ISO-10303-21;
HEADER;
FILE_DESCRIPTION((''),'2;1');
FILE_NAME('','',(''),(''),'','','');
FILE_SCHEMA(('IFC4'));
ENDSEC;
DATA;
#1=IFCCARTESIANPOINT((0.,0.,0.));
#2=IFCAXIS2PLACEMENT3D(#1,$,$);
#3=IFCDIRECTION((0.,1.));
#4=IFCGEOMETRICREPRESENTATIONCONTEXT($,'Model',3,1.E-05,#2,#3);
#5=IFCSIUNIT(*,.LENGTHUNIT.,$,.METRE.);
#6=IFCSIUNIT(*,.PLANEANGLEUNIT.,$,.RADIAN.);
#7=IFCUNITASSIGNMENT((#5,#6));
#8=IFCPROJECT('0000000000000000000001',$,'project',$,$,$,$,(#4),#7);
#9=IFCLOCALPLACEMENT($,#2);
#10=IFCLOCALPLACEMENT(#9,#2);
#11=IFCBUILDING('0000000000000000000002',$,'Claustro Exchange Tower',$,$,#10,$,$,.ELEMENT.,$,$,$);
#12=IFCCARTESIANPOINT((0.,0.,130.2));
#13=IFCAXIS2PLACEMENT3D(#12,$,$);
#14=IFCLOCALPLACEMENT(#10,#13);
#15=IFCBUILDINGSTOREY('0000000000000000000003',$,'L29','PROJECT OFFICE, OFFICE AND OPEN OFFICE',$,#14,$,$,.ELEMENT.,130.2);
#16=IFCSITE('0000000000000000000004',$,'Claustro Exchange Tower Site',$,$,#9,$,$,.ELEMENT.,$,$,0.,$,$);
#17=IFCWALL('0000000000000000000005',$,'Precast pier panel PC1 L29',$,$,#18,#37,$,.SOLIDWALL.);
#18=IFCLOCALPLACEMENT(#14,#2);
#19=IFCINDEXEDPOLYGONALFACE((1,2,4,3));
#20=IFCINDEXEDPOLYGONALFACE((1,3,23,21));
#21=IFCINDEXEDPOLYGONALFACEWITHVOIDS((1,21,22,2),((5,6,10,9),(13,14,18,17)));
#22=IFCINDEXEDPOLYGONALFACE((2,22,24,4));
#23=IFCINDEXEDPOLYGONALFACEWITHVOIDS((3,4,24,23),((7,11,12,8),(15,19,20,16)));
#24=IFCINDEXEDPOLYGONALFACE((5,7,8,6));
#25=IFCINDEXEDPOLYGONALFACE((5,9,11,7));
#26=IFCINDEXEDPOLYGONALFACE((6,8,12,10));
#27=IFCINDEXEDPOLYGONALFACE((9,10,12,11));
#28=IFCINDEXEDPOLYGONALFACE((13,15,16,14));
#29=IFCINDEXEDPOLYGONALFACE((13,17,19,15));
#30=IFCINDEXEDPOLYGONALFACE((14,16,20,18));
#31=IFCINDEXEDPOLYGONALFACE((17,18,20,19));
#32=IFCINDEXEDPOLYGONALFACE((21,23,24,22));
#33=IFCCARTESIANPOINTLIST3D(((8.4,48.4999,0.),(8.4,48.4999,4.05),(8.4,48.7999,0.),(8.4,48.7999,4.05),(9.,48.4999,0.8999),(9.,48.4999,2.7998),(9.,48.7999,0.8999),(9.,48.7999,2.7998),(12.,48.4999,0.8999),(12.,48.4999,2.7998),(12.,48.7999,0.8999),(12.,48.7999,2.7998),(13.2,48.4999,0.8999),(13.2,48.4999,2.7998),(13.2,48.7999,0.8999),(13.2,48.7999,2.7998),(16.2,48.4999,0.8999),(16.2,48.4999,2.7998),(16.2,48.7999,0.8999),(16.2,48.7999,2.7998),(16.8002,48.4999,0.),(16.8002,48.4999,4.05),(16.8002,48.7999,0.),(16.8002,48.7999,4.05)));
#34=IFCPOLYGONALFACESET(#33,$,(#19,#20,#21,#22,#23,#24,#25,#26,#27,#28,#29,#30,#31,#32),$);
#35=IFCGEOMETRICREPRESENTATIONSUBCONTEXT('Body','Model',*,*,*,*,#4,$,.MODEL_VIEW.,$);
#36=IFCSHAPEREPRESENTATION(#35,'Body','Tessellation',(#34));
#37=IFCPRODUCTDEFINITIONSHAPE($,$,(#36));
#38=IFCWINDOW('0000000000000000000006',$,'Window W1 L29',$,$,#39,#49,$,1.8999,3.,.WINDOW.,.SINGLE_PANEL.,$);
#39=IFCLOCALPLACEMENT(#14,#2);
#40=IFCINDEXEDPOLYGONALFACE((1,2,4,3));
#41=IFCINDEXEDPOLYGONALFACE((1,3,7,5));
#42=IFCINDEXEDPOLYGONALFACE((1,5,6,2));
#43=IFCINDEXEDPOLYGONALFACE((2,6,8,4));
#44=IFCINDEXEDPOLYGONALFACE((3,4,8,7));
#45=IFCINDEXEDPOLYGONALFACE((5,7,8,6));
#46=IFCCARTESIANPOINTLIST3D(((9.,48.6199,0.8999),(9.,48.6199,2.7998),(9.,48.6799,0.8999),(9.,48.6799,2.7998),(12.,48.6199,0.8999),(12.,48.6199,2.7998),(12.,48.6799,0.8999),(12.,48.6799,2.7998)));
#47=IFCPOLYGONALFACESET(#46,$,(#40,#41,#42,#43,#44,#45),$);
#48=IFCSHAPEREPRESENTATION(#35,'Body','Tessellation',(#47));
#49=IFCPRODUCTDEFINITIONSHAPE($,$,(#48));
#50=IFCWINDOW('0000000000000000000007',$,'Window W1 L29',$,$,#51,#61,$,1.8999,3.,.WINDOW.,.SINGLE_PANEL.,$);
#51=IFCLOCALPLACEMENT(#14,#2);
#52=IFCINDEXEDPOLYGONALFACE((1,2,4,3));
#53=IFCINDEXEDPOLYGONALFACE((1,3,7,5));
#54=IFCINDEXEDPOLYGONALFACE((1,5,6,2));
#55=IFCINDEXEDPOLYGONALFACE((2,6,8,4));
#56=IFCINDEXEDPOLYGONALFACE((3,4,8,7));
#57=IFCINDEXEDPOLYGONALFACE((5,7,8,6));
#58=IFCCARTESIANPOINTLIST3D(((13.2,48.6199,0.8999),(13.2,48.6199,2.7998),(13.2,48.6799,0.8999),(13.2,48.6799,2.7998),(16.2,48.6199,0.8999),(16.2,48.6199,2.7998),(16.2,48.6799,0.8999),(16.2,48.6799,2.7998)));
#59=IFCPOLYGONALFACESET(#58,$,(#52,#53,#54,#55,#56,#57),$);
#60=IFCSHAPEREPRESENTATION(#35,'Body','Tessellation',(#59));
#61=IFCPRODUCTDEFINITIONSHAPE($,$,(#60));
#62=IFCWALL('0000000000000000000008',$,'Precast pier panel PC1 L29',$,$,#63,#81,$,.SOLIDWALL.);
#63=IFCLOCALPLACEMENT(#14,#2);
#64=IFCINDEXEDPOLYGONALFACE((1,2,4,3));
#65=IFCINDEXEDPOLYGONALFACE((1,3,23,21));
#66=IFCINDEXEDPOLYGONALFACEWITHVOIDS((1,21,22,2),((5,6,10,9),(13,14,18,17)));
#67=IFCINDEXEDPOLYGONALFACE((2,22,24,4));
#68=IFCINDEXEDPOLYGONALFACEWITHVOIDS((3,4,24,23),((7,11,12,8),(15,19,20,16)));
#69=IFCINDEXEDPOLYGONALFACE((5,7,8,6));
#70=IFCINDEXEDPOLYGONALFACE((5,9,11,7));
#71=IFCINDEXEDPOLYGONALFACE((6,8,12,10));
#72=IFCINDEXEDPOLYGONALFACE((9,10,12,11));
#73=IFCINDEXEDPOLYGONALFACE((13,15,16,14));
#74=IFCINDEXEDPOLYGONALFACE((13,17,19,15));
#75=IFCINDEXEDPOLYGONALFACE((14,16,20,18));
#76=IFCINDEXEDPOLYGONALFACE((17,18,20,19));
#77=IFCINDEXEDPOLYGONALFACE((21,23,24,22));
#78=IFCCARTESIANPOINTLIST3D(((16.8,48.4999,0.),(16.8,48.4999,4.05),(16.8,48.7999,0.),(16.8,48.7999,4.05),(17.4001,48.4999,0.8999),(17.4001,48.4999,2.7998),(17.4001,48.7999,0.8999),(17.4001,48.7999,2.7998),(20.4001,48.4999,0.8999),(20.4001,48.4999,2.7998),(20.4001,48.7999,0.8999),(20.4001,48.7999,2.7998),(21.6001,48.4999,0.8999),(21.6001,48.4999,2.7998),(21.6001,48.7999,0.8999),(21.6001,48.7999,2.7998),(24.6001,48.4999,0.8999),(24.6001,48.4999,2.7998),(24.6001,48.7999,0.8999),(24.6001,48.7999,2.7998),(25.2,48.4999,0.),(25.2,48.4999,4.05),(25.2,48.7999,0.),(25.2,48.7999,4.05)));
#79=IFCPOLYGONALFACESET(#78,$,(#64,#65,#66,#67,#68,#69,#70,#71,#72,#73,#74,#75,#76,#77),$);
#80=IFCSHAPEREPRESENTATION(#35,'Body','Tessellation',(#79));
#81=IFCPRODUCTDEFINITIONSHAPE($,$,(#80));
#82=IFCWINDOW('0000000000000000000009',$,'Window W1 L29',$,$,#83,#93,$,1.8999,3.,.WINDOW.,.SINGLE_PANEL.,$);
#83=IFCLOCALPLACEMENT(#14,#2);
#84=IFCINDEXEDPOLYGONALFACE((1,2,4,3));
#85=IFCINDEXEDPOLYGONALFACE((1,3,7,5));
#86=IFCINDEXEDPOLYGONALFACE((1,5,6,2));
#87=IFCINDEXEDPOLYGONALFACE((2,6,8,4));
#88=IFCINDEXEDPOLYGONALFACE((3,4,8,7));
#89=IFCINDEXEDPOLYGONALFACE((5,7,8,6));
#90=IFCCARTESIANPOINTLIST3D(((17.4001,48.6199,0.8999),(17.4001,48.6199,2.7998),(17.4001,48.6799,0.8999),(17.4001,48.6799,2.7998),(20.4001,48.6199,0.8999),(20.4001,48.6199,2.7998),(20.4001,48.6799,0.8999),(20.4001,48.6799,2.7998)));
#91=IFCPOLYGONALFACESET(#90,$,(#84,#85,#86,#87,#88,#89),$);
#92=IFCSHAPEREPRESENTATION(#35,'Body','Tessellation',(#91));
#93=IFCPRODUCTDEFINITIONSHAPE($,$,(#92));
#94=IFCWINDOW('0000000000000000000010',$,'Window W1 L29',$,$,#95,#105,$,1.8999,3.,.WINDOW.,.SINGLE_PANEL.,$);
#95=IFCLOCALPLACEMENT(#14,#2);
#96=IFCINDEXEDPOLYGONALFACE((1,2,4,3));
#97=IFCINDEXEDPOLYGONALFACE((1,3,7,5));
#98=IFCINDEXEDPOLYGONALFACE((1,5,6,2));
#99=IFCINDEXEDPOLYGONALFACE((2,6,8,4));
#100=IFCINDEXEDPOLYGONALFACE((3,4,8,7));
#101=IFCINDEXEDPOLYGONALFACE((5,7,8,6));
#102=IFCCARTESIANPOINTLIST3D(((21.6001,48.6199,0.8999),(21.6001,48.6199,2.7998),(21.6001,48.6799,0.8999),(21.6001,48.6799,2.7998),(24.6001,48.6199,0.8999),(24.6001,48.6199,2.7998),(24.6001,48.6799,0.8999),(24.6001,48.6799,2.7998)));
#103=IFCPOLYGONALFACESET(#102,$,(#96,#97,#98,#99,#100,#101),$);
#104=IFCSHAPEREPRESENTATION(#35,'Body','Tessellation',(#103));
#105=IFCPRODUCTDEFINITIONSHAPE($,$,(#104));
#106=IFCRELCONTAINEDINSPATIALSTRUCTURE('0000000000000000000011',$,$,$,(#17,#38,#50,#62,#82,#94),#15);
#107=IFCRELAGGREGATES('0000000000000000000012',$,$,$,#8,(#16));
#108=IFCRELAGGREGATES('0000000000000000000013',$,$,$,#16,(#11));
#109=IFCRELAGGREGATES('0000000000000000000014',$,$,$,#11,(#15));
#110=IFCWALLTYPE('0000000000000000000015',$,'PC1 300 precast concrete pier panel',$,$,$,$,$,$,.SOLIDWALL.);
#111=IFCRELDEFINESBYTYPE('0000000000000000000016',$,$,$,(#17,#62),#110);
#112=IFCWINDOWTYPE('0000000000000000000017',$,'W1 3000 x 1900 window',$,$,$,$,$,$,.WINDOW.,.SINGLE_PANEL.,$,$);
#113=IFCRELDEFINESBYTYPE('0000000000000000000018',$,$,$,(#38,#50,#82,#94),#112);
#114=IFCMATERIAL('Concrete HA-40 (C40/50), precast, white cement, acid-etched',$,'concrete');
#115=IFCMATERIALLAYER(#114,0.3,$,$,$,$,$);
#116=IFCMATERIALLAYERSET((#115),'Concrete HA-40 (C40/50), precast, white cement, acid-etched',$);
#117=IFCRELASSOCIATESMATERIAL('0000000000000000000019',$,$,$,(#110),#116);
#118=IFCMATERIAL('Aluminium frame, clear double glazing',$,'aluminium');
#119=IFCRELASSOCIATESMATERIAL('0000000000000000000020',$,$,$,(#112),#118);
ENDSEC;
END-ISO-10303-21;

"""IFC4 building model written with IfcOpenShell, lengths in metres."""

from ifc_helpers import new_model, si_unit, direction, frame, frame_2d, origin, place, context, subcontext, project, spatial, rectangle, extrude, material, layer, layer_set, type_object, element, fill, save


model = new_model("IFC4")

# Units and contexts
model_context = context("Model", 3, precision=1e-05, world=origin(), true_north=direction((0.0, 1.0)))
body_context = subcontext(model_context, "Body", "Model", "MODEL_VIEW")
ifc_project = project(units=[si_unit("LENGTHUNIT", "METRE"), si_unit("PLANEANGLEUNIT", "RADIAN")], contexts=[model_context])

# Site, building, storey
site_placement = place(None, origin())
site = spatial("IfcSite", under=ifc_project, at=site_placement, Name="Claustro Exchange Tower Site", CompositionType="ELEMENT", RefElevation=0.0)
building_placement = place(site_placement, origin())
building = spatial("IfcBuilding", under=site, at=building_placement, Name="Claustro Exchange Tower", CompositionType="ELEMENT")
storey_placement = place(building_placement, frame((0.0, 0.0, 130.2)))
storey = spatial("IfcBuildingStorey", under=building, at=storey_placement, Name="L29", Description="PROJECT OFFICE, OFFICE AND OPEN OFFICE", CompositionType="ELEMENT", Elevation=130.2)

# Walls, openings, windows
ifc_material_1 = material(Name="Concrete HA-40 (C40/50), precast, white cement, acid-etched", Category="concrete")
ifc_layer_1 = layer(ifc_material_1, 0.3)
ifc_layer_set_1 = layer_set([ifc_layer_1], Name="Concrete HA-40 (C40/50), precast, white cement, acid-etched")
wall_type_1 = type_object("IfcWallType", Name="PC1 300 precast concrete pier panel", PredefinedType="SOLIDWALL", material=ifc_layer_set_1)
wall_1_placement = place(storey_placement, frame((8.3999, 48.6499, 0.0), z_axis=(0.0, 0.0, 1.0), x_axis=(1.0, 0.0, 0.0)))
wall_1 = element("IfcWall", 1, at=wall_1_placement, inside=storey, type_object=wall_type_1, Name="Precast pier panel PC1 L29", PredefinedType="SOLIDWALL", context=body_context, shape_type="SweptSolid", body=[
    extrude(rectangle(XDim=8.4001, YDim=0.3, at=frame_2d((4.2002, 0.0))), origin(), (0.0, 0.0, 1.0), 4.05),
])
opening_1_placement = place(wall_1_placement, frame((0.6001, 0.0, 0.8999)))
opening_1 = element("IfcOpeningElement", 2, at=opening_1_placement, cuts=wall_1, PredefinedType="OPENING", context=body_context, shape_type="SweptSolid", body=[
    extrude(rectangle(XDim=3.0, YDim=1.8999, at=frame_2d((1.5, 0.95))), frame((0.0, 0.1599, 0.0), z_axis=(0.0, -1.0, 0.0), x_axis=(1.0, 0.0, 0.0)), (0.0, 0.0, 1.0), 0.3201),
])
opening_2_placement = place(wall_1_placement, frame((4.8, 0.0, 0.8999)))
opening_2 = element("IfcOpeningElement", 3, at=opening_2_placement, cuts=wall_1, PredefinedType="OPENING", context=body_context, shape_type="SweptSolid", body=[
    extrude(rectangle(XDim=3.0, YDim=1.8999, at=frame_2d((1.5, 0.95))), frame((0.0, 0.1599, 0.0), z_axis=(0.0, -1.0, 0.0), x_axis=(1.0, 0.0, 0.0)), (0.0, 0.0, 1.0), 0.3201),
])
ifc_material_2 = material(Name="Aluminium frame, clear double glazing", Category="aluminium")
window_type = type_object("IfcWindowType", Name="W1 3000 x 1900 window", PartitioningType="SINGLE_PANEL", PredefinedType="WINDOW", material=ifc_material_2)
window_1_placement = place(opening_1_placement, origin())
window_1 = element("IfcWindow", 4, at=window_1_placement, inside=storey, type_object=window_type, Name="Window W1 L29", OverallHeight=1.8999, OverallWidth=3.0, PartitioningType="SINGLE_PANEL", PredefinedType="WINDOW", context=body_context, shape_type="SweptSolid", body=[
    extrude(rectangle(XDim=3.0, YDim=1.8999, at=frame_2d((1.5, 0.95))), frame((0.0, 0.03, 0.0), z_axis=(0.0, -1.0, 0.0), x_axis=(1.0, 0.0, 0.0)), (0.0, 0.0, 1.0), 0.0601),
])
fill(opening_1, window_1)
window_2_placement = place(opening_2_placement, origin())
window_2 = element("IfcWindow", 5, at=window_2_placement, inside=storey, type_object=window_type, Name="Window W1 L29", OverallHeight=1.8999, OverallWidth=3.0, PartitioningType="SINGLE_PANEL", PredefinedType="WINDOW", context=body_context, shape_type="SweptSolid", body=[
    extrude(rectangle(XDim=3.0, YDim=1.8999, at=frame_2d((1.5, 0.95))), frame((0.0, 0.03, 0.0), z_axis=(0.0, -1.0, 0.0), x_axis=(1.0, 0.0, 0.0)), (0.0, 0.0, 1.0), 0.0601),
])
fill(opening_2, window_2)
wall_2_placement = place(storey_placement, frame((16.8, 48.6499, 0.0), z_axis=(0.0, 0.0, 1.0), x_axis=(1.0, 0.0, 0.0)))
wall_2 = element("IfcWall", 6, at=wall_2_placement, inside=storey, type_object=wall_type_1, Name="Precast pier panel PC1 L29", PredefinedType="SOLIDWALL", context=body_context, shape_type="SweptSolid", body=[
    extrude(rectangle(XDim=8.3999, YDim=0.3, at=frame_2d((4.2, 0.0))), origin(), (0.0, 0.0, 1.0), 4.05),
])
opening_3_placement = place(wall_2_placement, frame((0.6001, 0.0, 0.8999)))
opening_3 = element("IfcOpeningElement", 7, at=opening_3_placement, cuts=wall_2, PredefinedType="OPENING", context=body_context, shape_type="SweptSolid", body=[
    extrude(rectangle(XDim=3.0, YDim=1.8999, at=frame_2d((1.5, 0.95))), frame((0.0, 0.1599, 0.0), z_axis=(0.0, -1.0, 0.0), x_axis=(1.0, 0.0, 0.0)), (0.0, 0.0, 1.0), 0.3201),
])
opening_4_placement = place(wall_2_placement, frame((4.8, 0.0, 0.8999)))
opening_4 = element("IfcOpeningElement", 8, at=opening_4_placement, cuts=wall_2, PredefinedType="OPENING", context=body_context, shape_type="SweptSolid", body=[
    extrude(rectangle(XDim=3.0, YDim=1.8999, at=frame_2d((1.5, 0.95))), frame((0.0, 0.1599, 0.0), z_axis=(0.0, -1.0, 0.0), x_axis=(1.0, 0.0, 0.0)), (0.0, 0.0, 1.0), 0.3201),
])
window_3_placement = place(opening_3_placement, origin())
window_3 = element("IfcWindow", 9, at=window_3_placement, inside=storey, type_object=window_type, Name="Window W1 L29", OverallHeight=1.8999, OverallWidth=3.0, PartitioningType="SINGLE_PANEL", PredefinedType="WINDOW", context=body_context, shape_type="SweptSolid", body=[
    extrude(rectangle(XDim=3.0, YDim=1.8999, at=frame_2d((1.5, 0.95))), frame((0.0, 0.03, 0.0), z_axis=(0.0, -1.0, 0.0), x_axis=(1.0, 0.0, 0.0)), (0.0, 0.0, 1.0), 0.0601),
])
fill(opening_3, window_3)
window_4_placement = place(opening_4_placement, origin())
window_4 = element("IfcWindow", 10, at=window_4_placement, inside=storey, type_object=window_type, Name="Window W1 L29", OverallHeight=1.8999, OverallWidth=3.0, PartitioningType="SINGLE_PANEL", PredefinedType="WINDOW", context=body_context, shape_type="SweptSolid", body=[
    extrude(rectangle(XDim=3.0, YDim=1.8999, at=frame_2d((1.5, 0.95))), frame((0.0, 0.03, 0.0), z_axis=(0.0, -1.0, 0.0), x_axis=(1.0, 0.0, 0.0)), (0.0, 0.0, 1.0), 0.0601),
])
fill(opening_4, window_4)

save(model, "model.ifc")
